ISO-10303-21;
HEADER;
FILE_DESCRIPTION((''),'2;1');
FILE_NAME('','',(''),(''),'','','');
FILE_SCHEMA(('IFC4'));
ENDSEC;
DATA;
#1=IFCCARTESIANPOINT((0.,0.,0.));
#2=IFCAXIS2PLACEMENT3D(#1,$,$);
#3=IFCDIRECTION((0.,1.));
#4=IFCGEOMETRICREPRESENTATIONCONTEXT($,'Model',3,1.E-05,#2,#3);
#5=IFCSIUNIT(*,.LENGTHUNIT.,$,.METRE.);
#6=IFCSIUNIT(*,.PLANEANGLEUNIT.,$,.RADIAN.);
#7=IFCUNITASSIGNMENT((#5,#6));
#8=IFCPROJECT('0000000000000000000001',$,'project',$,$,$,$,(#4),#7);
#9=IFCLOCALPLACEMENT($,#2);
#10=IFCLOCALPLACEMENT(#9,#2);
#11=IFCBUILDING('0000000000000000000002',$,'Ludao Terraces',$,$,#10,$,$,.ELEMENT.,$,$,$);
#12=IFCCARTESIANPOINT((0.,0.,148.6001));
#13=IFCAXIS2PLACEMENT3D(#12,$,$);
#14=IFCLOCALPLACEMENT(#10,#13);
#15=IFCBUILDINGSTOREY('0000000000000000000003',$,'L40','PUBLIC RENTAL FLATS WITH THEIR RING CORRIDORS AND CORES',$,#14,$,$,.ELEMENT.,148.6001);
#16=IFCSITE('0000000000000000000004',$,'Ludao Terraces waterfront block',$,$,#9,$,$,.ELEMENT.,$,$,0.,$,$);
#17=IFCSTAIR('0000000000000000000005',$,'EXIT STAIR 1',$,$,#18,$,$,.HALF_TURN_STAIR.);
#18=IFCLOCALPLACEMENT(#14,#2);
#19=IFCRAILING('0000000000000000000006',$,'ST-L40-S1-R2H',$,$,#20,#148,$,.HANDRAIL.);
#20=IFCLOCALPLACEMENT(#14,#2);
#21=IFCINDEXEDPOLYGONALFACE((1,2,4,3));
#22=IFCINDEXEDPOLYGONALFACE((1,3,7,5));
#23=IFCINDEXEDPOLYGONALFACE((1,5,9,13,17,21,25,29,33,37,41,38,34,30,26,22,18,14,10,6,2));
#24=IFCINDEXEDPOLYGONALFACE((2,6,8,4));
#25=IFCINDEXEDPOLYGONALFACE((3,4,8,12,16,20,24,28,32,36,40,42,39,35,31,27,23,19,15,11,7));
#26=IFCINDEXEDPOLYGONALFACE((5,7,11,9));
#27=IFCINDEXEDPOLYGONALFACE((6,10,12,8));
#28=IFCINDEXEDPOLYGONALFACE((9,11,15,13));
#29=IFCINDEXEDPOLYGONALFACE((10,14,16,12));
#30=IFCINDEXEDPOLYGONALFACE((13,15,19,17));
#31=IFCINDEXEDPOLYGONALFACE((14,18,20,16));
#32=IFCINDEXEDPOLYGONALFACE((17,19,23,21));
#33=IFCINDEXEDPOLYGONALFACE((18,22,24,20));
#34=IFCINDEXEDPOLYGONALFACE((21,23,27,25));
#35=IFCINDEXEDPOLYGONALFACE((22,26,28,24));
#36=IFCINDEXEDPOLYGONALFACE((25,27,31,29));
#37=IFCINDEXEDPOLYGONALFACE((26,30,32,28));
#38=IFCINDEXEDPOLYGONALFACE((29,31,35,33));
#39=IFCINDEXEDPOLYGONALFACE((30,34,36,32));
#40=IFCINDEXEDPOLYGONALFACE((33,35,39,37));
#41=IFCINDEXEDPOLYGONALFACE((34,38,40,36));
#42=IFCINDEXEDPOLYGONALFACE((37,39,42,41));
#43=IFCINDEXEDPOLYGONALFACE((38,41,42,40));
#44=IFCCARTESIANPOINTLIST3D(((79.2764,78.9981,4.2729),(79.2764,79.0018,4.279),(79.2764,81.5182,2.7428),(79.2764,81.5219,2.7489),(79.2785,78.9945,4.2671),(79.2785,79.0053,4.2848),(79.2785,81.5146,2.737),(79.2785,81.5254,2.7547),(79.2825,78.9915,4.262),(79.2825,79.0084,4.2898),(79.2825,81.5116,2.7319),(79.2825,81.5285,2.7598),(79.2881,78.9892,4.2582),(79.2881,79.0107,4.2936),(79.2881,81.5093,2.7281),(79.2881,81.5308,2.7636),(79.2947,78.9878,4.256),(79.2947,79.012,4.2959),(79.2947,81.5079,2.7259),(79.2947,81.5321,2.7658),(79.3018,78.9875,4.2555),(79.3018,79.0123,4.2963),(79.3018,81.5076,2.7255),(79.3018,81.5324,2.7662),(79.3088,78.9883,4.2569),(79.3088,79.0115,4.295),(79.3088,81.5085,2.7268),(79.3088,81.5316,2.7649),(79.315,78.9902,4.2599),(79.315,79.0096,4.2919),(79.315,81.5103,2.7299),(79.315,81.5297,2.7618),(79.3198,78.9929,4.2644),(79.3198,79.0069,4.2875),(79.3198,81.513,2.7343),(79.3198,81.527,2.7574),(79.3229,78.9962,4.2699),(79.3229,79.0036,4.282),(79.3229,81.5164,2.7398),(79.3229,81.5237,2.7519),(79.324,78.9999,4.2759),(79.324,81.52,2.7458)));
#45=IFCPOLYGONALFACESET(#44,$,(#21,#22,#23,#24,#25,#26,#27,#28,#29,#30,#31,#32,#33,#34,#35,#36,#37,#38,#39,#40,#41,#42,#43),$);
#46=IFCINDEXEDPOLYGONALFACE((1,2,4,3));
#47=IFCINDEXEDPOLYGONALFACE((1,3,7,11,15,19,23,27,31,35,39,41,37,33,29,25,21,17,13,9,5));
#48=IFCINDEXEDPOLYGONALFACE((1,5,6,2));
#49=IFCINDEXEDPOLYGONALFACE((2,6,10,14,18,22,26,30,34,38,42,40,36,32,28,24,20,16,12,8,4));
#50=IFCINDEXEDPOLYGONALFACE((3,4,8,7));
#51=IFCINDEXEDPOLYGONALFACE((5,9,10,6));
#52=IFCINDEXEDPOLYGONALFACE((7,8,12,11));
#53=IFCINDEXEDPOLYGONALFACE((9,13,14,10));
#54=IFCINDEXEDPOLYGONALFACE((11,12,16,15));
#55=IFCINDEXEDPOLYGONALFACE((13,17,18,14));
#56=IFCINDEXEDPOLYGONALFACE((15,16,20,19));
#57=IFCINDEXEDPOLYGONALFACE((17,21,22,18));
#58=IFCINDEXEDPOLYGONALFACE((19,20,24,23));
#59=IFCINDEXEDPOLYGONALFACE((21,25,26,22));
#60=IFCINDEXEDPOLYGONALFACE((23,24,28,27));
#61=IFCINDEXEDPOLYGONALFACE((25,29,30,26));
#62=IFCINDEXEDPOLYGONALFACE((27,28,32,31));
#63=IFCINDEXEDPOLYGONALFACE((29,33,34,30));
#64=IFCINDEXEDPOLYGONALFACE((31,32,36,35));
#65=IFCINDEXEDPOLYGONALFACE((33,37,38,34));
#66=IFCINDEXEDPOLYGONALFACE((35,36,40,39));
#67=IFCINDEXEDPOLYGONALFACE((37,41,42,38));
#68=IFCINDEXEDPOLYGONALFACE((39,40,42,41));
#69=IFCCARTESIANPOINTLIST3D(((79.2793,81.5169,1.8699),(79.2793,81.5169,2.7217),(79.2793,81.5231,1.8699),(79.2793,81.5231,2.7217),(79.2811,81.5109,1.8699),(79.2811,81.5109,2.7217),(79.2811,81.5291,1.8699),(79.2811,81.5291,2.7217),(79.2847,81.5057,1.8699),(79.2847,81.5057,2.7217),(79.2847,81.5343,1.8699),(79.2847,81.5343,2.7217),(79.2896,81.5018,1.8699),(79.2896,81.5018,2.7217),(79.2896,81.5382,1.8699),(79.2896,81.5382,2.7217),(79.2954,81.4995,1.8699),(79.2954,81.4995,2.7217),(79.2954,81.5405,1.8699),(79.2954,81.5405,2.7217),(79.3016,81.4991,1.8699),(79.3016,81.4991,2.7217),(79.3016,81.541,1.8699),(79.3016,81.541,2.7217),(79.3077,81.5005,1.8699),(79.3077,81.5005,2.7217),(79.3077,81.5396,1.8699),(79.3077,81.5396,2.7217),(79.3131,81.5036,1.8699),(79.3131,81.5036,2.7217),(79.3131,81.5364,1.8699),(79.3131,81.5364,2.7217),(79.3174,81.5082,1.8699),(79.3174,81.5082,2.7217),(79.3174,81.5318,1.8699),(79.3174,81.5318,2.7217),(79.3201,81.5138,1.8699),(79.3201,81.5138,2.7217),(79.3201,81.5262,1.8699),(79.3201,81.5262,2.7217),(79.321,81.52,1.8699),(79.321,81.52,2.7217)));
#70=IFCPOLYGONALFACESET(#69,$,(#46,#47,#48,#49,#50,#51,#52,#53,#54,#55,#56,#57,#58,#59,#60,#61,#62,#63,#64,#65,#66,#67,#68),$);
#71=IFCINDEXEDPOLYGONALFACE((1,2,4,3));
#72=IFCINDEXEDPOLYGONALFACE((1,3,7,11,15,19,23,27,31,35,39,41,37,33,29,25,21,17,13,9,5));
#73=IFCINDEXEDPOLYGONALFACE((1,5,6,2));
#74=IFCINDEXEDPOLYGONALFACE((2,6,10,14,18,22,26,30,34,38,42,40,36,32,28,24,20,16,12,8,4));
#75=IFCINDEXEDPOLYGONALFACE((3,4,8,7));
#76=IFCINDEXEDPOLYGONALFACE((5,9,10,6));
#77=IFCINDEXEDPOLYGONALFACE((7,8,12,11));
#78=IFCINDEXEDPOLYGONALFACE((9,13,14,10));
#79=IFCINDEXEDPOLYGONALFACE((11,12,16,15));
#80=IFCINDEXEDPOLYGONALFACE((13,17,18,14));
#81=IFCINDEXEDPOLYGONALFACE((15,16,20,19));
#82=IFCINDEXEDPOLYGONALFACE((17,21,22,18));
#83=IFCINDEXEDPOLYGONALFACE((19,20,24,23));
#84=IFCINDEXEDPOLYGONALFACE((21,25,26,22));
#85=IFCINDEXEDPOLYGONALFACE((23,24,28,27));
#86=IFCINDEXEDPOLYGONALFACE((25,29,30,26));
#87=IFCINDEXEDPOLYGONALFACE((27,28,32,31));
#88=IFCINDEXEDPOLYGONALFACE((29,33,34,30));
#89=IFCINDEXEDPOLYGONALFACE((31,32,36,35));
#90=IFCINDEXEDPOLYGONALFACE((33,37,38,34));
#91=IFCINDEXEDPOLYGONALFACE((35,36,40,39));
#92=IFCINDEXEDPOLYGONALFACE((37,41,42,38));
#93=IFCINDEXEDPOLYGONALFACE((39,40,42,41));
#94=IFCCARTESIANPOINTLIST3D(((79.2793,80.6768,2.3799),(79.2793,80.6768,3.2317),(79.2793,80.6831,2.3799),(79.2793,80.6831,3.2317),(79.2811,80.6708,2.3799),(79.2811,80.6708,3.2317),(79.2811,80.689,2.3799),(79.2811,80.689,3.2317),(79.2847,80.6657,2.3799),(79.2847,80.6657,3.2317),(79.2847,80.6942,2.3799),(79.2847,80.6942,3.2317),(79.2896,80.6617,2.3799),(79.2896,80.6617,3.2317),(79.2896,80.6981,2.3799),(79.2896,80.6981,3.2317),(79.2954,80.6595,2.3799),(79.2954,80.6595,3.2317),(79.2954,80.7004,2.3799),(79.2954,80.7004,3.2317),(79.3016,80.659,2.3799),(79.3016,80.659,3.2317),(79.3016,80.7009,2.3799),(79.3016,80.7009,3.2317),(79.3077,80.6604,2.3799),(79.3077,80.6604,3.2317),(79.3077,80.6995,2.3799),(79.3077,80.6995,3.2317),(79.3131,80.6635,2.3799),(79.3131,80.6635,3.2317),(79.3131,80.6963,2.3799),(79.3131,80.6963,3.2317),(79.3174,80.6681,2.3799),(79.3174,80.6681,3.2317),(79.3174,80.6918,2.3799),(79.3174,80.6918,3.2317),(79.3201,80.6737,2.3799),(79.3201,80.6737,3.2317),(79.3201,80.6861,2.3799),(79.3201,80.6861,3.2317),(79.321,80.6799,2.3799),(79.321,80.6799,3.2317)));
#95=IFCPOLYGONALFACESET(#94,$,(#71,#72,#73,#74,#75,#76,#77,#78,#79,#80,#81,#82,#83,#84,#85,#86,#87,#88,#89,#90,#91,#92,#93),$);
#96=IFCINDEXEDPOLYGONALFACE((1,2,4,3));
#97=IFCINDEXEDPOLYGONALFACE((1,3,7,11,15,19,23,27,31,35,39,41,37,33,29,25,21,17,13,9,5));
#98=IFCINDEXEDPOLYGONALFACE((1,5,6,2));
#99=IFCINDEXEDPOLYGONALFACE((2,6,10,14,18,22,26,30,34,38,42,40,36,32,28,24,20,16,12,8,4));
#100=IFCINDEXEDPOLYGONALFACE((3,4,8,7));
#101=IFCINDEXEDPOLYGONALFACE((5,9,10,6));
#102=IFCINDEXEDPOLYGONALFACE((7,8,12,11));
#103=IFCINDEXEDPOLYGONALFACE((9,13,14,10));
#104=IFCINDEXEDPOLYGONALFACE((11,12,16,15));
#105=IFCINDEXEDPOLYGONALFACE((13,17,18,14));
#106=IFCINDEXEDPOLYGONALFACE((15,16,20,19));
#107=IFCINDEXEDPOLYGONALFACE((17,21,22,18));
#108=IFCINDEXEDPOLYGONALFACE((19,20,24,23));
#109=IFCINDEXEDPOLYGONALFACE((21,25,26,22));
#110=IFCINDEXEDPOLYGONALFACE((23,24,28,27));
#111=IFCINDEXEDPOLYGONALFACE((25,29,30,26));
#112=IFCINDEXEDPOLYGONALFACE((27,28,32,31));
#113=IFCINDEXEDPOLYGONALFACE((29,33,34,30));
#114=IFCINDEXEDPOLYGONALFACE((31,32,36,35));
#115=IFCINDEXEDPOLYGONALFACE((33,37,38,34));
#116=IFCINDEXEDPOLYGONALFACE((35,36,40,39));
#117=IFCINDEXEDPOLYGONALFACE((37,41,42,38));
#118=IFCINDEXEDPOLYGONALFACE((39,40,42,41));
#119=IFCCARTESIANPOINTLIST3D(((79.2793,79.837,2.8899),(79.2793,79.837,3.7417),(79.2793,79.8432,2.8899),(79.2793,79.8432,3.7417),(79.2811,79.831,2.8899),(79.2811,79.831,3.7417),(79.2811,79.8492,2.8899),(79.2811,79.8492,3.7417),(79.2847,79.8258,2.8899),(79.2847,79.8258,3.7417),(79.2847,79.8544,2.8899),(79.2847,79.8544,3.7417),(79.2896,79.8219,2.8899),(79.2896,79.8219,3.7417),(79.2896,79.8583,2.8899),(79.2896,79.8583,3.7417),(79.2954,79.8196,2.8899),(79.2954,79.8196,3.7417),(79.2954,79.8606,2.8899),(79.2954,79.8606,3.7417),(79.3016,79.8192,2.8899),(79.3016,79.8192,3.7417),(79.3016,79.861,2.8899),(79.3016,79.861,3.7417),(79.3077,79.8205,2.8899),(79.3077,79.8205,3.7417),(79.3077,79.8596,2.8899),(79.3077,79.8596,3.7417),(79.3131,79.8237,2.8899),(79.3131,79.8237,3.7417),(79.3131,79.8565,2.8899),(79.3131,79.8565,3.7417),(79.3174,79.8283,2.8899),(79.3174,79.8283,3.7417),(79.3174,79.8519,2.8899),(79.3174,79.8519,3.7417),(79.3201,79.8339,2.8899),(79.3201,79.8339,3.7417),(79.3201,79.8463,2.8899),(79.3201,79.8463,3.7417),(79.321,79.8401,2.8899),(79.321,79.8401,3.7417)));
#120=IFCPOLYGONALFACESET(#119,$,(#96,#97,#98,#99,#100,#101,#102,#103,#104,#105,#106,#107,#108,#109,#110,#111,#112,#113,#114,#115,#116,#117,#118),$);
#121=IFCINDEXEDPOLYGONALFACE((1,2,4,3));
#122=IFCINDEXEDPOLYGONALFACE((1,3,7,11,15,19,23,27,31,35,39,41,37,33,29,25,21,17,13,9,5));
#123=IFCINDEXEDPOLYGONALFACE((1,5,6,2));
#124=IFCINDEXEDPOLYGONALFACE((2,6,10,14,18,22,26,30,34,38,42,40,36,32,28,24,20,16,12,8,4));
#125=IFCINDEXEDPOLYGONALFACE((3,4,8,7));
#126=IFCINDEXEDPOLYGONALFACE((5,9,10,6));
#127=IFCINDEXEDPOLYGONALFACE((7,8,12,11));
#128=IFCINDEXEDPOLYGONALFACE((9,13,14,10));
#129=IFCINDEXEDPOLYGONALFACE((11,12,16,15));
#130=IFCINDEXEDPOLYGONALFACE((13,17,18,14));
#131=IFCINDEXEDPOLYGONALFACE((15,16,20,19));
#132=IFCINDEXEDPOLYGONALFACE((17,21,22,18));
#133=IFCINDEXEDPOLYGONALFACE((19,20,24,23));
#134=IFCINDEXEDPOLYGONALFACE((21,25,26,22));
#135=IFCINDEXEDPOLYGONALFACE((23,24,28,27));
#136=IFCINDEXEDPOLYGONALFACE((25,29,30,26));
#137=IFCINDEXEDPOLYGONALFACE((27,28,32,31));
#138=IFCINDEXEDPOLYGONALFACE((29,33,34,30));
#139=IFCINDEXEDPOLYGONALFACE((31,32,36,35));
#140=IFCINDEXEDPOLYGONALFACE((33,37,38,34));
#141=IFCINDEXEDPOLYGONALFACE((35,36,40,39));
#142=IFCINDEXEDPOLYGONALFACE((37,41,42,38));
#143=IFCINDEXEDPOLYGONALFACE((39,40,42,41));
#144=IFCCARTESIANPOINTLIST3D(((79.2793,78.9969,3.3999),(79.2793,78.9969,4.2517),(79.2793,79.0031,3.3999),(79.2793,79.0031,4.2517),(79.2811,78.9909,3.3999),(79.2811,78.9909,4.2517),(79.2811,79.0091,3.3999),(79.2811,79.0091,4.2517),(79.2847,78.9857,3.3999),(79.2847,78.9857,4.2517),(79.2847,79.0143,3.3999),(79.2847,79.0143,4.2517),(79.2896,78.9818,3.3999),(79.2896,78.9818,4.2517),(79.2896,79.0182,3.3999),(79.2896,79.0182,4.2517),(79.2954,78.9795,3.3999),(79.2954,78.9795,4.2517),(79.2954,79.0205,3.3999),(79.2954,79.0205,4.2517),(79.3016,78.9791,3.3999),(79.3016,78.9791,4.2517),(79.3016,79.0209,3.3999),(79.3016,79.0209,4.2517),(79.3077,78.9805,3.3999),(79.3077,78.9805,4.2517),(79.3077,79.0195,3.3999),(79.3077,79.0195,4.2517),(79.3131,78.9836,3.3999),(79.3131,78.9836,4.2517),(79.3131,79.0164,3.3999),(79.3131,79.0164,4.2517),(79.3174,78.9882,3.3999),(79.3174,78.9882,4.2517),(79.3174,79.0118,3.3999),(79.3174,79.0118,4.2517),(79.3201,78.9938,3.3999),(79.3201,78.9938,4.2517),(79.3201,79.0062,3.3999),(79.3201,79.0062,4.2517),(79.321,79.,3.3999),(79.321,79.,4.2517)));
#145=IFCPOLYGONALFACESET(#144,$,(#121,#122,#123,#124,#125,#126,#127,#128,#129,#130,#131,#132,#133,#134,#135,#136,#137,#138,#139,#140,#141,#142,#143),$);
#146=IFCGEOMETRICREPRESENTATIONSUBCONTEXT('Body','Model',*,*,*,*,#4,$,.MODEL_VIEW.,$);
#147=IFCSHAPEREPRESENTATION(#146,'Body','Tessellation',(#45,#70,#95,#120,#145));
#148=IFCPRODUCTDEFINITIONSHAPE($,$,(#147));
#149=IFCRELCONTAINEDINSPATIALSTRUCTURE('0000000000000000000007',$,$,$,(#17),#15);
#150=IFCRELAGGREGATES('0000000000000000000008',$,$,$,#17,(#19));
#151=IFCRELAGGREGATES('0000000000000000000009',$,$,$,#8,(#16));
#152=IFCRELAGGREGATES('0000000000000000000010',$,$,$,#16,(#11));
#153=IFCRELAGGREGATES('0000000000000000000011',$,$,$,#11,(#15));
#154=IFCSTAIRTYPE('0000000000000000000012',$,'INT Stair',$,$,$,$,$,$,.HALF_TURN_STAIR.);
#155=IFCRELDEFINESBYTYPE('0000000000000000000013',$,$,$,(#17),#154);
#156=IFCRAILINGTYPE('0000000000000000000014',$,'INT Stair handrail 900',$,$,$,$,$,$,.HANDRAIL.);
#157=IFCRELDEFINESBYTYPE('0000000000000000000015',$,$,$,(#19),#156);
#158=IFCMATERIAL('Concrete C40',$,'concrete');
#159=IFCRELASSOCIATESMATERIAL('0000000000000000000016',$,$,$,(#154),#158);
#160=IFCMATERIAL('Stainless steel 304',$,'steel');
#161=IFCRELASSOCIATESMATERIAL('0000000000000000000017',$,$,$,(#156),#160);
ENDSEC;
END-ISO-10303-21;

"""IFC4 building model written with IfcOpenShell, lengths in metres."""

from ifc_helpers import new_model, si_unit, direction, frame, origin, origin_2d, place, context, subcontext, project, spatial, circle, extrude, material, type_object, element, aggregate, save


model = new_model("IFC4")

# Units and contexts
model_context = context("Model", 3, precision=1e-05, world=origin(), true_north=direction((0.0, 1.0)))
body_context = subcontext(model_context, "Body", "Model", "MODEL_VIEW")
ifc_project = project(units=[si_unit("LENGTHUNIT", "METRE"), si_unit("PLANEANGLEUNIT", "RADIAN")], contexts=[model_context])

# Site, building, storey
site_placement = place(None, origin())
site = spatial("IfcSite", under=ifc_project, at=site_placement, Name="Ludao Terraces waterfront block", CompositionType="ELEMENT", RefElevation=0.0)
building_placement = place(site_placement, origin())
building = spatial("IfcBuilding", under=site, at=building_placement, Name="Ludao Terraces", CompositionType="ELEMENT")
storey_placement = place(building_placement, frame((0.0, 0.0, 148.6001)))
storey = spatial("IfcBuildingStorey", under=building, at=storey_placement, Name="L40", Description="PUBLIC RENTAL FLATS WITH THEIR RING CORRIDORS AND CORES", CompositionType="ELEMENT", Elevation=148.6001)

# Shared definitions
ifc_material_1 = material(Name="Concrete C40", Category="concrete")

# Shared definitions
ifc_material_2 = material(Name="Stainless steel 304", Category="steel")

# Stair, railing
stair_type = type_object("IfcStairType", Name="INT Stair", PredefinedType="HALF_TURN_STAIR", material=ifc_material_1)
stair_placement = place(storey_placement, origin())
stair = element("IfcStair", 1, at=stair_placement, inside=storey, type_object=stair_type, Name="EXIT STAIR 1", PredefinedType="HALF_TURN_STAIR")
railing_type_1 = type_object("IfcRailingType", Name="INT Stair handrail 900", PredefinedType="HANDRAIL", material=ifc_material_2)
railing_1_placement = place(storey_placement, frame((79.3, 81.52, 1.8699)))
railing_1 = element("IfcRailing", 2, at=railing_1_placement, type_object=railing_type_1, Name="ST-L40-S1-R2H", PredefinedType="HANDRAIL", context=body_context, shape_type="SweptSolid", body=[
    extrude(circle(Radius=0.0239, at=origin_2d()), frame((0.0, 0.0, 0.876), z_axis=(0.0, -0.854785, 0.518982), x_axis=(1.0, 0.0, 0.0)), (0.0, 0.0, 1.0), 2.9482),
    extrude(circle(Radius=0.021, at=origin_2d()), origin(), (0.0, 0.0, 1.0), 0.8518),
    extrude(circle(Radius=0.021, at=origin_2d()), frame((0.0, -0.8401, 0.51)), (0.0, 0.0, 1.0), 0.8518),
    extrude(circle(Radius=0.021, at=origin_2d()), frame((0.0, -1.6799, 1.02)), (0.0, 0.0, 1.0), 0.8518),
    extrude(circle(Radius=0.021, at=origin_2d()), frame((0.0, -2.52, 1.53)), (0.0, 0.0, 1.0), 0.8518),
])
aggregate(stair, [railing_1])

save(model, "model.ifc")
